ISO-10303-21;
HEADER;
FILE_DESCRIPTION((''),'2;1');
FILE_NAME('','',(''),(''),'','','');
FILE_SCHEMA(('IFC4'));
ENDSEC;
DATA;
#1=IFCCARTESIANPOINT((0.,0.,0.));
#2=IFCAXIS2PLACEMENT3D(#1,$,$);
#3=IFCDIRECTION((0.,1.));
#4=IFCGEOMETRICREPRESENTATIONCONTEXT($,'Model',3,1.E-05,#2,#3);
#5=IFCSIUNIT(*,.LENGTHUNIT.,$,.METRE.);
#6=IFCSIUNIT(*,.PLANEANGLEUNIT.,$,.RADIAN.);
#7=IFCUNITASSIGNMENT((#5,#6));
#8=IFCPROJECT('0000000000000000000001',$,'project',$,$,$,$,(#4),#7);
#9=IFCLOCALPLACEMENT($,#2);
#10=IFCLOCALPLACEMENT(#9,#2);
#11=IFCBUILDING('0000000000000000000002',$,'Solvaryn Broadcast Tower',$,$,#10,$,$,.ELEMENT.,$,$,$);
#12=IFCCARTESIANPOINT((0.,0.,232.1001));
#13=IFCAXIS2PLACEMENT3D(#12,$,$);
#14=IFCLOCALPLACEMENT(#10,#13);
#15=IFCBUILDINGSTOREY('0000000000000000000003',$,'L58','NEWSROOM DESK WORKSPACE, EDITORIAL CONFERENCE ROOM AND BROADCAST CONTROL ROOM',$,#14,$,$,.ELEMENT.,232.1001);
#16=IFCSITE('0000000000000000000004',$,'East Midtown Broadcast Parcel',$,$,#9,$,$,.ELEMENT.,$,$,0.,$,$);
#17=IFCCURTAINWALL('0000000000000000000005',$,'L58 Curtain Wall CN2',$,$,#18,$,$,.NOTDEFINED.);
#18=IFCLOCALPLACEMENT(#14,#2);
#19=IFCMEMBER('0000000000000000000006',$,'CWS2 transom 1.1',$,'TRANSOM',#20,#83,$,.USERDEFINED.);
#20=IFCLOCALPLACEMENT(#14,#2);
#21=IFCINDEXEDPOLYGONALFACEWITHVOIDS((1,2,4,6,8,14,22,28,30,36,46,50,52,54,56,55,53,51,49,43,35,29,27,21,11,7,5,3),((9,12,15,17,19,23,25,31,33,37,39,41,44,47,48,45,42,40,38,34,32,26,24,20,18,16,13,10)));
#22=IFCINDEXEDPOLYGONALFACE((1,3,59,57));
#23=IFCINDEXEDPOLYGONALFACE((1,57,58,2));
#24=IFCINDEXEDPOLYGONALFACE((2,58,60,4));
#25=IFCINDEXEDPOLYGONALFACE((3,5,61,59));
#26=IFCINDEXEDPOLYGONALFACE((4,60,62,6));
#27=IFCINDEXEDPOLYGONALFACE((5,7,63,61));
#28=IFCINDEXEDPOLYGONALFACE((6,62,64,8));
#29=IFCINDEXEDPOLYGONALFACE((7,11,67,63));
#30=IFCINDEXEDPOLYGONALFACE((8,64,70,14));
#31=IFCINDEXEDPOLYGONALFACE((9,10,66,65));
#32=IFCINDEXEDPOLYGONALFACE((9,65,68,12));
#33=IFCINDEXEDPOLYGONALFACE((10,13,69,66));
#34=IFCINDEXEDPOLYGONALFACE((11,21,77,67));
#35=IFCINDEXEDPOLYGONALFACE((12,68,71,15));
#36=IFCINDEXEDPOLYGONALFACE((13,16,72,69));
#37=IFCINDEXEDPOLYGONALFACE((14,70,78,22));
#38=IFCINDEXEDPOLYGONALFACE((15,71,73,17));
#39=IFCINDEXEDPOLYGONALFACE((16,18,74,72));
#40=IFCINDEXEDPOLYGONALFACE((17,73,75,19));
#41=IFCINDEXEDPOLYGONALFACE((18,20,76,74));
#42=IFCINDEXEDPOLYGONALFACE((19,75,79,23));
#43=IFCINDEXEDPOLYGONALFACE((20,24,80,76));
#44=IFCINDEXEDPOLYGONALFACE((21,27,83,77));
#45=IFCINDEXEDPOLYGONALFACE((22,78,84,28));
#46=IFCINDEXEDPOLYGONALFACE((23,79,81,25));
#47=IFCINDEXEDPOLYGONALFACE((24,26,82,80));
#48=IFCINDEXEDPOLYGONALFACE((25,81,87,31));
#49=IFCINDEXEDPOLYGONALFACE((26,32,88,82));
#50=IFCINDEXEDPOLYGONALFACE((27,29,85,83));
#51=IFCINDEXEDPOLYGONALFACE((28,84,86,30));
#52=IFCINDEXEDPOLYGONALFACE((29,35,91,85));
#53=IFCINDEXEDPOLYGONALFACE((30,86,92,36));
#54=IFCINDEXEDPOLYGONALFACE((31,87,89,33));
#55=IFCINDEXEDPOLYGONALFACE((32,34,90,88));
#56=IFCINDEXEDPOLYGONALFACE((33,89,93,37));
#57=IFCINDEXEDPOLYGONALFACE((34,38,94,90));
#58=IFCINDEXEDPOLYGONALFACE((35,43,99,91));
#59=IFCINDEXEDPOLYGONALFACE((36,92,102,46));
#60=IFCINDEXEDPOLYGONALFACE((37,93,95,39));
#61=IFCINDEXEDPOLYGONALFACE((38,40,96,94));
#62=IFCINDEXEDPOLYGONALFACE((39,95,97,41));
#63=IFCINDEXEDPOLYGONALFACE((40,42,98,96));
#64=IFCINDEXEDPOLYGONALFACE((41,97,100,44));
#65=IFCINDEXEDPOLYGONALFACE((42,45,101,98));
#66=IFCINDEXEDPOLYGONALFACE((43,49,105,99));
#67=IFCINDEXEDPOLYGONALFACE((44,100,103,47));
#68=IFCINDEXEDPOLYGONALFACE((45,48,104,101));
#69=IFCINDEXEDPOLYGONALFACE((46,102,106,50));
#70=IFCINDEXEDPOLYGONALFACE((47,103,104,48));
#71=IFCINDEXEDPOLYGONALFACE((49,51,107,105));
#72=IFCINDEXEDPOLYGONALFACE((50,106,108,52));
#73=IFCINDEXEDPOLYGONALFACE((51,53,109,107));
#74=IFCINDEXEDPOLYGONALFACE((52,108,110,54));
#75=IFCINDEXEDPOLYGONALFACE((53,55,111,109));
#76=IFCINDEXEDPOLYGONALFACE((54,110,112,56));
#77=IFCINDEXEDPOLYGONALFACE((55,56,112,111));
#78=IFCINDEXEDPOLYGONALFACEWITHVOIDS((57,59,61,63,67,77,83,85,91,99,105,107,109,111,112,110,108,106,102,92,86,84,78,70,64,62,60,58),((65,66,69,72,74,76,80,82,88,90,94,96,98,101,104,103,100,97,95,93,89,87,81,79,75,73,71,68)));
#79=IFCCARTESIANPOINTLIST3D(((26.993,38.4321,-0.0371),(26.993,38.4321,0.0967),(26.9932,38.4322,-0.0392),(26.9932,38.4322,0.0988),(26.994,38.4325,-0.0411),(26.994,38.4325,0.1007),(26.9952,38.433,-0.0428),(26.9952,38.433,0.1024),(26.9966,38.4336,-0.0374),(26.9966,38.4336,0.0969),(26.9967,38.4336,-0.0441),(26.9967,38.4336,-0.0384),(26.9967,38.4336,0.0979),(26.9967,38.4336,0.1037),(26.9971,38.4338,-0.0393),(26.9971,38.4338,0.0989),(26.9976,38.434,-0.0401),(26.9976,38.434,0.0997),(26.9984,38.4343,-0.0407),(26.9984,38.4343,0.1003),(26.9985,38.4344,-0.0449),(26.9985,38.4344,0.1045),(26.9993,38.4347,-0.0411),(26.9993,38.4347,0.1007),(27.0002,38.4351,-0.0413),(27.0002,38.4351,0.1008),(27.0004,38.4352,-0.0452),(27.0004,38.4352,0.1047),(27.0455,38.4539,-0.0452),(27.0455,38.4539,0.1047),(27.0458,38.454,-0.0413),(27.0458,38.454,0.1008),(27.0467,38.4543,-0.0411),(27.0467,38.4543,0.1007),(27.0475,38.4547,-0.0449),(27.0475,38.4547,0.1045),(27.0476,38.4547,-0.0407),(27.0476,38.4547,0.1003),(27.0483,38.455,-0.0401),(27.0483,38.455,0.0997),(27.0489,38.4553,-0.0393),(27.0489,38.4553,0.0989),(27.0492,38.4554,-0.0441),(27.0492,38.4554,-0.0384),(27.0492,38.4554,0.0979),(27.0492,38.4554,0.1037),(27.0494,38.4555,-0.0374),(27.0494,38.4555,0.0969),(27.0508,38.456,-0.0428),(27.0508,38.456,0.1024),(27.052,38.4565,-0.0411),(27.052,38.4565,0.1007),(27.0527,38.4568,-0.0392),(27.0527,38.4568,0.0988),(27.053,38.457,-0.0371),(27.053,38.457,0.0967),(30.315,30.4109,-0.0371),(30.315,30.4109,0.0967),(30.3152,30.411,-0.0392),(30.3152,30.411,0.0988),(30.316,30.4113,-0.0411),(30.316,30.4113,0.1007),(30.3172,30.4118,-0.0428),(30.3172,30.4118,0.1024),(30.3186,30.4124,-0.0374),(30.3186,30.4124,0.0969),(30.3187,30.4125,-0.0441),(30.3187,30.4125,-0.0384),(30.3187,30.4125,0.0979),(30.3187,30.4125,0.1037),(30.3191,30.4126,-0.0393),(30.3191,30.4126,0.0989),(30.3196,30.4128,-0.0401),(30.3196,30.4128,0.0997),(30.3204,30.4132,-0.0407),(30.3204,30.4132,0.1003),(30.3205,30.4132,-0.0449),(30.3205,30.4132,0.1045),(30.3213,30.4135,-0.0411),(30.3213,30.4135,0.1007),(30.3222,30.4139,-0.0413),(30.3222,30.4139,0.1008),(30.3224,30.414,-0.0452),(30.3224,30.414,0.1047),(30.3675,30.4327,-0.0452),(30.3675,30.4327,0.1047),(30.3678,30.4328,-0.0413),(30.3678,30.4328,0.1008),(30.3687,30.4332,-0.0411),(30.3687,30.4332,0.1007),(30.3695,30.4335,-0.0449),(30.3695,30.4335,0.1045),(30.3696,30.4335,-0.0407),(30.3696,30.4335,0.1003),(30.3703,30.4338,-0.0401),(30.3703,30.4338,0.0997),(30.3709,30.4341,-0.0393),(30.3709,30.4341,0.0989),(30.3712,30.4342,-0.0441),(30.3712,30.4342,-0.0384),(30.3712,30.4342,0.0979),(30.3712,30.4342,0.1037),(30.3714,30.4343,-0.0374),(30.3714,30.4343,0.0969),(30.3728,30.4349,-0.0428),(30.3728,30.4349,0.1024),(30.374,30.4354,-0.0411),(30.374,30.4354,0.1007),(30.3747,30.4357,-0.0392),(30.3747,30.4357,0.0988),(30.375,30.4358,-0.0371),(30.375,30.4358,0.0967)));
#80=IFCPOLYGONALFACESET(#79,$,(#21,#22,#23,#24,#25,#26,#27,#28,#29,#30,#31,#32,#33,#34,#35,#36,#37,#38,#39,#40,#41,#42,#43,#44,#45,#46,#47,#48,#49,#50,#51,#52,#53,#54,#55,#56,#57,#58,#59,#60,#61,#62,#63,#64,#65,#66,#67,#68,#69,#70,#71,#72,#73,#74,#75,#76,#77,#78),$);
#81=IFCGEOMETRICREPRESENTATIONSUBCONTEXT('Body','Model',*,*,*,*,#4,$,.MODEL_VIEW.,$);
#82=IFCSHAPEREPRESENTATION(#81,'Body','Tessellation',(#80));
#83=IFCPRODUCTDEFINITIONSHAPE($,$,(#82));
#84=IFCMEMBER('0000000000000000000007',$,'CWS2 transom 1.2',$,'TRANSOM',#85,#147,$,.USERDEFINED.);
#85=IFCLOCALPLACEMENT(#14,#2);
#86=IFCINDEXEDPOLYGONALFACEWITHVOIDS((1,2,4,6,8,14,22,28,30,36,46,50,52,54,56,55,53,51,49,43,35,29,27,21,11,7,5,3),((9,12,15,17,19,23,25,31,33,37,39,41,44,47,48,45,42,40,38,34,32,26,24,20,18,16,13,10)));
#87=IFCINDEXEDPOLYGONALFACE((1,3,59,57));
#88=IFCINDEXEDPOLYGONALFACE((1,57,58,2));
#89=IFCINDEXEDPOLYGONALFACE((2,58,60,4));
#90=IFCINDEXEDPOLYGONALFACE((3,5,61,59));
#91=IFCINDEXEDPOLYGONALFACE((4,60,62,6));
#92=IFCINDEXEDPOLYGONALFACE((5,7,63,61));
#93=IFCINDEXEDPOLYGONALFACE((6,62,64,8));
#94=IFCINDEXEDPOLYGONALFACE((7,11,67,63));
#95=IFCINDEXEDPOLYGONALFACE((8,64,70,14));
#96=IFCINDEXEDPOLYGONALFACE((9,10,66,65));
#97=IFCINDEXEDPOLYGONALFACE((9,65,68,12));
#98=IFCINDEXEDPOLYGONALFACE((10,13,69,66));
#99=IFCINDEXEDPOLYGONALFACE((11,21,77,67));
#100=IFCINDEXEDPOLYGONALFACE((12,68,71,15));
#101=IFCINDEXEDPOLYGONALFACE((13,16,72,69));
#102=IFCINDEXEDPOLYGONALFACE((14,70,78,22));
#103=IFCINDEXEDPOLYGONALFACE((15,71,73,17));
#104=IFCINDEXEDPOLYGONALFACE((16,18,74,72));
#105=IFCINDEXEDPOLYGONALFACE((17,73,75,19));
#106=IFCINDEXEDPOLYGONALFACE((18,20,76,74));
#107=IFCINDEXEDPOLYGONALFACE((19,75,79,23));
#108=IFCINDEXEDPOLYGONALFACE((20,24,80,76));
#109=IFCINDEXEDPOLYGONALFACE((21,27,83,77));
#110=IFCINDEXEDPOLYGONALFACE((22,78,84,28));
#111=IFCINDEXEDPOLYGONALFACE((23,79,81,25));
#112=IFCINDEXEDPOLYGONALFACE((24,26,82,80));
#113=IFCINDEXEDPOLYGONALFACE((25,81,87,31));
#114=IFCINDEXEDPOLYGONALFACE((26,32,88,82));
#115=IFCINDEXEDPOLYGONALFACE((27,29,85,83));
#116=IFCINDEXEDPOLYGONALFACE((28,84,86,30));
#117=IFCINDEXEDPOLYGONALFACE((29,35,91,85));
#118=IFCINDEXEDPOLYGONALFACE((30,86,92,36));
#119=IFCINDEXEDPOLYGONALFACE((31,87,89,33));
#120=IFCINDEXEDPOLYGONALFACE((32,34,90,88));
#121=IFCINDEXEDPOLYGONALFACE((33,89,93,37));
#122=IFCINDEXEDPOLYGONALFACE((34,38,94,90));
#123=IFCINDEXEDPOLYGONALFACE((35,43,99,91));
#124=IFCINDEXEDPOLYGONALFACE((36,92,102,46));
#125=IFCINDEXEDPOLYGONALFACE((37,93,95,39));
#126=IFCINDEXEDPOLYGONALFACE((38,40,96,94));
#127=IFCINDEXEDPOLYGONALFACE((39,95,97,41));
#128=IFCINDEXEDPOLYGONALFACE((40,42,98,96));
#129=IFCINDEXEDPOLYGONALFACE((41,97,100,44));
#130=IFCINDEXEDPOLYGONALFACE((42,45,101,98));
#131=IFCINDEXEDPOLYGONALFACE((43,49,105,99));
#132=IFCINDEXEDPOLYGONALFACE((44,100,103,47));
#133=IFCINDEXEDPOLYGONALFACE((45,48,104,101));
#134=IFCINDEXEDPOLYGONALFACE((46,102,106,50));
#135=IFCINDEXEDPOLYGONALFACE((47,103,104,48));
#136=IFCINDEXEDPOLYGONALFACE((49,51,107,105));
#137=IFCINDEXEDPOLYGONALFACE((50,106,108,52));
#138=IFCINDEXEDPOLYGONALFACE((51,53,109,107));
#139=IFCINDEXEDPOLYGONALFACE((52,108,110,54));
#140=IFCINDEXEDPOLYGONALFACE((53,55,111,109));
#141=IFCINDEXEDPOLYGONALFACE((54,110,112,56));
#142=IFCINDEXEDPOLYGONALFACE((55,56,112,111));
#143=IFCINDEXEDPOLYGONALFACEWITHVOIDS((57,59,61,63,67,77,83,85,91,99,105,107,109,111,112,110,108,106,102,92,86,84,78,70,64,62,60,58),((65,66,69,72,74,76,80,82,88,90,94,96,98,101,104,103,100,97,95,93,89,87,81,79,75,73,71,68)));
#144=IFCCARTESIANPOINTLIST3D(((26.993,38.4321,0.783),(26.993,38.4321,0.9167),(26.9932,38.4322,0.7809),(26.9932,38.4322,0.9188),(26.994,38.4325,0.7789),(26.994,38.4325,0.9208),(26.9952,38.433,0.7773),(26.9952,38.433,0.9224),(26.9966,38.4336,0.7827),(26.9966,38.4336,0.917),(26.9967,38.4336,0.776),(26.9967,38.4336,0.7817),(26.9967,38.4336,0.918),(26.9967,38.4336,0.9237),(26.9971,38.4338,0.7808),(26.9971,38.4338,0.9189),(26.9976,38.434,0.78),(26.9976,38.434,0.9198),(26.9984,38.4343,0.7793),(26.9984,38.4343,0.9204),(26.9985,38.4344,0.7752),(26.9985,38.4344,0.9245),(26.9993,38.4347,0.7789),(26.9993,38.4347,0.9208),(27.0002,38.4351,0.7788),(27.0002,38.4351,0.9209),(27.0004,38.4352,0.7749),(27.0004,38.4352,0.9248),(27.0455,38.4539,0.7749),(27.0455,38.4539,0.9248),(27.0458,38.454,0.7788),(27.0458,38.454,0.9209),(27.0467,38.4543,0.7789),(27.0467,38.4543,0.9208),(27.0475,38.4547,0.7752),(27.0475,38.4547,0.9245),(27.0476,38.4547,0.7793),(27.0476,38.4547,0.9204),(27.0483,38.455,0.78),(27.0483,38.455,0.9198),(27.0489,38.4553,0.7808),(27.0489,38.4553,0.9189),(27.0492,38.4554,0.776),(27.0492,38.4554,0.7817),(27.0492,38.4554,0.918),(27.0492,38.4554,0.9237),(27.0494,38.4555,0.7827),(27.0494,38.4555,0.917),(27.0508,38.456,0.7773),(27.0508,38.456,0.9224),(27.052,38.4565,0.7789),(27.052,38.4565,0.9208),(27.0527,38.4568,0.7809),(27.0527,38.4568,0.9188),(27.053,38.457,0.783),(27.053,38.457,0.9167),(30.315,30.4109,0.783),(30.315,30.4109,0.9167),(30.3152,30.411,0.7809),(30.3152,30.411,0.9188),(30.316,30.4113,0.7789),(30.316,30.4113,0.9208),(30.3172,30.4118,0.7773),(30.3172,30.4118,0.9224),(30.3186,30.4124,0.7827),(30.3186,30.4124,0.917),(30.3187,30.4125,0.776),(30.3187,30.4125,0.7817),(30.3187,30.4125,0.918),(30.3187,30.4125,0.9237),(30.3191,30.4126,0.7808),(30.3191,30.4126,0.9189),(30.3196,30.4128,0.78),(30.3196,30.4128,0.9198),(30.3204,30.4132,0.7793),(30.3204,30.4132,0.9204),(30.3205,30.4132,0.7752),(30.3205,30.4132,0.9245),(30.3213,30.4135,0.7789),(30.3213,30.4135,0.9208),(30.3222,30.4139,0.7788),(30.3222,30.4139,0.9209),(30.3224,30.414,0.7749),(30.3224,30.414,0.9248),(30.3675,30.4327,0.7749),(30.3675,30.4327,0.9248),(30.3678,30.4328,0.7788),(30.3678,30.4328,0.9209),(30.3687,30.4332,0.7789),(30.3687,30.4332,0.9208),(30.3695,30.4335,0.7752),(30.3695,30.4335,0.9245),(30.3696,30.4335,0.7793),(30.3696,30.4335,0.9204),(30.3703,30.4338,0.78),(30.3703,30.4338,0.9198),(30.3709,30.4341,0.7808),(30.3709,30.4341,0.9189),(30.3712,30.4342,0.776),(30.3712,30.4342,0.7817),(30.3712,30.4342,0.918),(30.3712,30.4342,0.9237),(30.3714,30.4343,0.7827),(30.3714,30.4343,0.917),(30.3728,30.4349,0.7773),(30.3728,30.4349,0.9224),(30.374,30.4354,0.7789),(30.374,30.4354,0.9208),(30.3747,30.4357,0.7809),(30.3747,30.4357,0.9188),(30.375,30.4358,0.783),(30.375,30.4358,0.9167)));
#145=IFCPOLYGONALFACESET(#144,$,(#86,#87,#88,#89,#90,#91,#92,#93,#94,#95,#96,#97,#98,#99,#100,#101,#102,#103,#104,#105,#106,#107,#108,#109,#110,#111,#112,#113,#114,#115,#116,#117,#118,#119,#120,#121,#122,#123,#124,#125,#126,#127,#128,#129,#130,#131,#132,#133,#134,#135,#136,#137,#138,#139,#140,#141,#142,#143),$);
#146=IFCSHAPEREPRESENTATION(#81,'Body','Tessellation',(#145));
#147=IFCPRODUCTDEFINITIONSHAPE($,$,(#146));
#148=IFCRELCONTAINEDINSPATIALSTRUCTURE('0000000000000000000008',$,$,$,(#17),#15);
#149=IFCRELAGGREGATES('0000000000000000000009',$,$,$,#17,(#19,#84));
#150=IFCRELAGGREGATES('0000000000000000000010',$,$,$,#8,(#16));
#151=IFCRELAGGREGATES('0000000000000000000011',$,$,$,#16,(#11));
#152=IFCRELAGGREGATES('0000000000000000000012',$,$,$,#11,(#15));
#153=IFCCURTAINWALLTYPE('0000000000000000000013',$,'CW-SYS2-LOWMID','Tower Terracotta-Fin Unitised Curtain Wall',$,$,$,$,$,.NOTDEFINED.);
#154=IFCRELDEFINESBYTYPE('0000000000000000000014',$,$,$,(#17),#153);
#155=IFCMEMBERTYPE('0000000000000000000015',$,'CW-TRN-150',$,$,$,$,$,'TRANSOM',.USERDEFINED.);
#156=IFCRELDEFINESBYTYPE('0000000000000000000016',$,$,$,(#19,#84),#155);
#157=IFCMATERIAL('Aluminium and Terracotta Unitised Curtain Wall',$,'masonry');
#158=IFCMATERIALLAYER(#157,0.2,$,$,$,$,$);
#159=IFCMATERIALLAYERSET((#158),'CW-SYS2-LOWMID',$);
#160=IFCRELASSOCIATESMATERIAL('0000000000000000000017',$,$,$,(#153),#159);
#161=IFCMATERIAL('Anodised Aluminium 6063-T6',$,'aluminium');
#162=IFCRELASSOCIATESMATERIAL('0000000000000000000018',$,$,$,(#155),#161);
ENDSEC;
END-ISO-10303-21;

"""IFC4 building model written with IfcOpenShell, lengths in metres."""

from ifc_helpers import new_model, si_unit, direction, frame, origin, origin_2d, place, context, subcontext, project, spatial, hollow_rectangle, extrude, material, layer, layer_set, material_profile, profile_set, type_object, element, aggregate, save


model = new_model("IFC4")

# Units and contexts
model_context = context("Model", 3, precision=1e-05, world=origin(), true_north=direction((0.0, 1.0)))
body_context = subcontext(model_context, "Body", "Model", "MODEL_VIEW")
ifc_project = project(units=[si_unit("LENGTHUNIT", "METRE"), si_unit("PLANEANGLEUNIT", "RADIAN")], contexts=[model_context])

# Site, building, storey
site_placement = place(None, origin())
site = spatial("IfcSite", under=ifc_project, at=site_placement, Name="East Midtown Broadcast Parcel", CompositionType="ELEMENT", RefElevation=0.0)
building_placement = place(site_placement, origin())
building = spatial("IfcBuilding", under=site, at=building_placement, Name="Solvaryn Broadcast Tower", CompositionType="ELEMENT")
storey_placement = place(building_placement, frame((0.0, 0.0, 232.1001)))
storey = spatial("IfcBuildingStorey", under=building, at=storey_placement, Name="L58", Description="NEWSROOM DESK WORKSPACE, EDITORIAL CONFERENCE ROOM AND BROADCAST CONTROL ROOM", CompositionType="ELEMENT", Elevation=232.1001)

# Shared definitions
ifc_material_1 = material(Name="Aluminium and Terracotta Unitised Curtain Wall", Category="masonry")
ifc_layer_1 = layer(ifc_material_1, 0.2)
ifc_layer_set_1 = layer_set([ifc_layer_1], Name="CW-SYS2-LOWMID")
curtain_wall_type = type_object("IfcCurtainWallType", Name="CW-SYS2-LOWMID", Description="Tower Terracotta-Fin Unitised Curtain Wall", PredefinedType="NOTDEFINED", material=ifc_layer_set_1)

# Curtain wall, members
curtain_wall_1_placement = place(storey_placement, origin())
curtain_wall_1 = element("IfcCurtainWall", 1, at=curtain_wall_1_placement, inside=storey, type_object=curtain_wall_type, Name="L58 Curtain Wall CN2", PredefinedType="NOTDEFINED")
ifc_material_2 = material(Name="Anodised Aluminium 6063-T6", Category="aluminium")
ifc_material_profile_1 = material_profile(ifc_material_2, hollow_rectangle(XDim=0.0649, YDim=0.1499, WallThickness=0.0039, InnerFilletRadius=0.0039, OuterFilletRadius=0.0081, at=origin_2d()))
ifc_profile_set_1 = profile_set([ifc_material_profile_1], Name="Anodised Aluminium 6063-T6")
member_type_1 = type_object("IfcMemberType", Name="CW-TRN-150", ElementType="TRANSOM", PredefinedType="USERDEFINED", material=ifc_profile_set_1)
member_1_placement = place(storey_placement, frame((30.345, 30.4233, 0.0298), z_axis=(-0.382636, 0.923899, 0.0), x_axis=(-0.923899, -0.382636, 0.0)))
member_1 = element("IfcMember", 2, at=member_1_placement, type_object=member_type_1, Name="CWS2 transom 1.1", ObjectType="TRANSOM", PredefinedType="USERDEFINED", context=body_context, shape_type="SweptSolid", body=[
    extrude(hollow_rectangle(XDim=0.0649, YDim=0.1499, WallThickness=0.0039, InnerFilletRadius=0.0039, OuterFilletRadius=0.0081, at=origin_2d()), origin(), (0.0, 0.0, 1.0), 8.6819),
])
member_2_placement = place(storey_placement, frame((30.345, 30.4233, 0.8499), z_axis=(-0.382636, 0.923899, 0.0), x_axis=(-0.923899, -0.382636, 0.0)))
member_2 = element("IfcMember", 3, at=member_2_placement, type_object=member_type_1, Name="CWS2 transom 1.2", ObjectType="TRANSOM", PredefinedType="USERDEFINED", context=body_context, shape_type="SweptSolid", body=[
    extrude(hollow_rectangle(XDim=0.0649, YDim=0.1499, WallThickness=0.0039, InnerFilletRadius=0.0039, OuterFilletRadius=0.0081, at=origin_2d()), origin(), (0.0, 0.0, 1.0), 8.6819),
])

aggregate(curtain_wall_1, [member_1, member_2])

save(model, "model.ifc")
